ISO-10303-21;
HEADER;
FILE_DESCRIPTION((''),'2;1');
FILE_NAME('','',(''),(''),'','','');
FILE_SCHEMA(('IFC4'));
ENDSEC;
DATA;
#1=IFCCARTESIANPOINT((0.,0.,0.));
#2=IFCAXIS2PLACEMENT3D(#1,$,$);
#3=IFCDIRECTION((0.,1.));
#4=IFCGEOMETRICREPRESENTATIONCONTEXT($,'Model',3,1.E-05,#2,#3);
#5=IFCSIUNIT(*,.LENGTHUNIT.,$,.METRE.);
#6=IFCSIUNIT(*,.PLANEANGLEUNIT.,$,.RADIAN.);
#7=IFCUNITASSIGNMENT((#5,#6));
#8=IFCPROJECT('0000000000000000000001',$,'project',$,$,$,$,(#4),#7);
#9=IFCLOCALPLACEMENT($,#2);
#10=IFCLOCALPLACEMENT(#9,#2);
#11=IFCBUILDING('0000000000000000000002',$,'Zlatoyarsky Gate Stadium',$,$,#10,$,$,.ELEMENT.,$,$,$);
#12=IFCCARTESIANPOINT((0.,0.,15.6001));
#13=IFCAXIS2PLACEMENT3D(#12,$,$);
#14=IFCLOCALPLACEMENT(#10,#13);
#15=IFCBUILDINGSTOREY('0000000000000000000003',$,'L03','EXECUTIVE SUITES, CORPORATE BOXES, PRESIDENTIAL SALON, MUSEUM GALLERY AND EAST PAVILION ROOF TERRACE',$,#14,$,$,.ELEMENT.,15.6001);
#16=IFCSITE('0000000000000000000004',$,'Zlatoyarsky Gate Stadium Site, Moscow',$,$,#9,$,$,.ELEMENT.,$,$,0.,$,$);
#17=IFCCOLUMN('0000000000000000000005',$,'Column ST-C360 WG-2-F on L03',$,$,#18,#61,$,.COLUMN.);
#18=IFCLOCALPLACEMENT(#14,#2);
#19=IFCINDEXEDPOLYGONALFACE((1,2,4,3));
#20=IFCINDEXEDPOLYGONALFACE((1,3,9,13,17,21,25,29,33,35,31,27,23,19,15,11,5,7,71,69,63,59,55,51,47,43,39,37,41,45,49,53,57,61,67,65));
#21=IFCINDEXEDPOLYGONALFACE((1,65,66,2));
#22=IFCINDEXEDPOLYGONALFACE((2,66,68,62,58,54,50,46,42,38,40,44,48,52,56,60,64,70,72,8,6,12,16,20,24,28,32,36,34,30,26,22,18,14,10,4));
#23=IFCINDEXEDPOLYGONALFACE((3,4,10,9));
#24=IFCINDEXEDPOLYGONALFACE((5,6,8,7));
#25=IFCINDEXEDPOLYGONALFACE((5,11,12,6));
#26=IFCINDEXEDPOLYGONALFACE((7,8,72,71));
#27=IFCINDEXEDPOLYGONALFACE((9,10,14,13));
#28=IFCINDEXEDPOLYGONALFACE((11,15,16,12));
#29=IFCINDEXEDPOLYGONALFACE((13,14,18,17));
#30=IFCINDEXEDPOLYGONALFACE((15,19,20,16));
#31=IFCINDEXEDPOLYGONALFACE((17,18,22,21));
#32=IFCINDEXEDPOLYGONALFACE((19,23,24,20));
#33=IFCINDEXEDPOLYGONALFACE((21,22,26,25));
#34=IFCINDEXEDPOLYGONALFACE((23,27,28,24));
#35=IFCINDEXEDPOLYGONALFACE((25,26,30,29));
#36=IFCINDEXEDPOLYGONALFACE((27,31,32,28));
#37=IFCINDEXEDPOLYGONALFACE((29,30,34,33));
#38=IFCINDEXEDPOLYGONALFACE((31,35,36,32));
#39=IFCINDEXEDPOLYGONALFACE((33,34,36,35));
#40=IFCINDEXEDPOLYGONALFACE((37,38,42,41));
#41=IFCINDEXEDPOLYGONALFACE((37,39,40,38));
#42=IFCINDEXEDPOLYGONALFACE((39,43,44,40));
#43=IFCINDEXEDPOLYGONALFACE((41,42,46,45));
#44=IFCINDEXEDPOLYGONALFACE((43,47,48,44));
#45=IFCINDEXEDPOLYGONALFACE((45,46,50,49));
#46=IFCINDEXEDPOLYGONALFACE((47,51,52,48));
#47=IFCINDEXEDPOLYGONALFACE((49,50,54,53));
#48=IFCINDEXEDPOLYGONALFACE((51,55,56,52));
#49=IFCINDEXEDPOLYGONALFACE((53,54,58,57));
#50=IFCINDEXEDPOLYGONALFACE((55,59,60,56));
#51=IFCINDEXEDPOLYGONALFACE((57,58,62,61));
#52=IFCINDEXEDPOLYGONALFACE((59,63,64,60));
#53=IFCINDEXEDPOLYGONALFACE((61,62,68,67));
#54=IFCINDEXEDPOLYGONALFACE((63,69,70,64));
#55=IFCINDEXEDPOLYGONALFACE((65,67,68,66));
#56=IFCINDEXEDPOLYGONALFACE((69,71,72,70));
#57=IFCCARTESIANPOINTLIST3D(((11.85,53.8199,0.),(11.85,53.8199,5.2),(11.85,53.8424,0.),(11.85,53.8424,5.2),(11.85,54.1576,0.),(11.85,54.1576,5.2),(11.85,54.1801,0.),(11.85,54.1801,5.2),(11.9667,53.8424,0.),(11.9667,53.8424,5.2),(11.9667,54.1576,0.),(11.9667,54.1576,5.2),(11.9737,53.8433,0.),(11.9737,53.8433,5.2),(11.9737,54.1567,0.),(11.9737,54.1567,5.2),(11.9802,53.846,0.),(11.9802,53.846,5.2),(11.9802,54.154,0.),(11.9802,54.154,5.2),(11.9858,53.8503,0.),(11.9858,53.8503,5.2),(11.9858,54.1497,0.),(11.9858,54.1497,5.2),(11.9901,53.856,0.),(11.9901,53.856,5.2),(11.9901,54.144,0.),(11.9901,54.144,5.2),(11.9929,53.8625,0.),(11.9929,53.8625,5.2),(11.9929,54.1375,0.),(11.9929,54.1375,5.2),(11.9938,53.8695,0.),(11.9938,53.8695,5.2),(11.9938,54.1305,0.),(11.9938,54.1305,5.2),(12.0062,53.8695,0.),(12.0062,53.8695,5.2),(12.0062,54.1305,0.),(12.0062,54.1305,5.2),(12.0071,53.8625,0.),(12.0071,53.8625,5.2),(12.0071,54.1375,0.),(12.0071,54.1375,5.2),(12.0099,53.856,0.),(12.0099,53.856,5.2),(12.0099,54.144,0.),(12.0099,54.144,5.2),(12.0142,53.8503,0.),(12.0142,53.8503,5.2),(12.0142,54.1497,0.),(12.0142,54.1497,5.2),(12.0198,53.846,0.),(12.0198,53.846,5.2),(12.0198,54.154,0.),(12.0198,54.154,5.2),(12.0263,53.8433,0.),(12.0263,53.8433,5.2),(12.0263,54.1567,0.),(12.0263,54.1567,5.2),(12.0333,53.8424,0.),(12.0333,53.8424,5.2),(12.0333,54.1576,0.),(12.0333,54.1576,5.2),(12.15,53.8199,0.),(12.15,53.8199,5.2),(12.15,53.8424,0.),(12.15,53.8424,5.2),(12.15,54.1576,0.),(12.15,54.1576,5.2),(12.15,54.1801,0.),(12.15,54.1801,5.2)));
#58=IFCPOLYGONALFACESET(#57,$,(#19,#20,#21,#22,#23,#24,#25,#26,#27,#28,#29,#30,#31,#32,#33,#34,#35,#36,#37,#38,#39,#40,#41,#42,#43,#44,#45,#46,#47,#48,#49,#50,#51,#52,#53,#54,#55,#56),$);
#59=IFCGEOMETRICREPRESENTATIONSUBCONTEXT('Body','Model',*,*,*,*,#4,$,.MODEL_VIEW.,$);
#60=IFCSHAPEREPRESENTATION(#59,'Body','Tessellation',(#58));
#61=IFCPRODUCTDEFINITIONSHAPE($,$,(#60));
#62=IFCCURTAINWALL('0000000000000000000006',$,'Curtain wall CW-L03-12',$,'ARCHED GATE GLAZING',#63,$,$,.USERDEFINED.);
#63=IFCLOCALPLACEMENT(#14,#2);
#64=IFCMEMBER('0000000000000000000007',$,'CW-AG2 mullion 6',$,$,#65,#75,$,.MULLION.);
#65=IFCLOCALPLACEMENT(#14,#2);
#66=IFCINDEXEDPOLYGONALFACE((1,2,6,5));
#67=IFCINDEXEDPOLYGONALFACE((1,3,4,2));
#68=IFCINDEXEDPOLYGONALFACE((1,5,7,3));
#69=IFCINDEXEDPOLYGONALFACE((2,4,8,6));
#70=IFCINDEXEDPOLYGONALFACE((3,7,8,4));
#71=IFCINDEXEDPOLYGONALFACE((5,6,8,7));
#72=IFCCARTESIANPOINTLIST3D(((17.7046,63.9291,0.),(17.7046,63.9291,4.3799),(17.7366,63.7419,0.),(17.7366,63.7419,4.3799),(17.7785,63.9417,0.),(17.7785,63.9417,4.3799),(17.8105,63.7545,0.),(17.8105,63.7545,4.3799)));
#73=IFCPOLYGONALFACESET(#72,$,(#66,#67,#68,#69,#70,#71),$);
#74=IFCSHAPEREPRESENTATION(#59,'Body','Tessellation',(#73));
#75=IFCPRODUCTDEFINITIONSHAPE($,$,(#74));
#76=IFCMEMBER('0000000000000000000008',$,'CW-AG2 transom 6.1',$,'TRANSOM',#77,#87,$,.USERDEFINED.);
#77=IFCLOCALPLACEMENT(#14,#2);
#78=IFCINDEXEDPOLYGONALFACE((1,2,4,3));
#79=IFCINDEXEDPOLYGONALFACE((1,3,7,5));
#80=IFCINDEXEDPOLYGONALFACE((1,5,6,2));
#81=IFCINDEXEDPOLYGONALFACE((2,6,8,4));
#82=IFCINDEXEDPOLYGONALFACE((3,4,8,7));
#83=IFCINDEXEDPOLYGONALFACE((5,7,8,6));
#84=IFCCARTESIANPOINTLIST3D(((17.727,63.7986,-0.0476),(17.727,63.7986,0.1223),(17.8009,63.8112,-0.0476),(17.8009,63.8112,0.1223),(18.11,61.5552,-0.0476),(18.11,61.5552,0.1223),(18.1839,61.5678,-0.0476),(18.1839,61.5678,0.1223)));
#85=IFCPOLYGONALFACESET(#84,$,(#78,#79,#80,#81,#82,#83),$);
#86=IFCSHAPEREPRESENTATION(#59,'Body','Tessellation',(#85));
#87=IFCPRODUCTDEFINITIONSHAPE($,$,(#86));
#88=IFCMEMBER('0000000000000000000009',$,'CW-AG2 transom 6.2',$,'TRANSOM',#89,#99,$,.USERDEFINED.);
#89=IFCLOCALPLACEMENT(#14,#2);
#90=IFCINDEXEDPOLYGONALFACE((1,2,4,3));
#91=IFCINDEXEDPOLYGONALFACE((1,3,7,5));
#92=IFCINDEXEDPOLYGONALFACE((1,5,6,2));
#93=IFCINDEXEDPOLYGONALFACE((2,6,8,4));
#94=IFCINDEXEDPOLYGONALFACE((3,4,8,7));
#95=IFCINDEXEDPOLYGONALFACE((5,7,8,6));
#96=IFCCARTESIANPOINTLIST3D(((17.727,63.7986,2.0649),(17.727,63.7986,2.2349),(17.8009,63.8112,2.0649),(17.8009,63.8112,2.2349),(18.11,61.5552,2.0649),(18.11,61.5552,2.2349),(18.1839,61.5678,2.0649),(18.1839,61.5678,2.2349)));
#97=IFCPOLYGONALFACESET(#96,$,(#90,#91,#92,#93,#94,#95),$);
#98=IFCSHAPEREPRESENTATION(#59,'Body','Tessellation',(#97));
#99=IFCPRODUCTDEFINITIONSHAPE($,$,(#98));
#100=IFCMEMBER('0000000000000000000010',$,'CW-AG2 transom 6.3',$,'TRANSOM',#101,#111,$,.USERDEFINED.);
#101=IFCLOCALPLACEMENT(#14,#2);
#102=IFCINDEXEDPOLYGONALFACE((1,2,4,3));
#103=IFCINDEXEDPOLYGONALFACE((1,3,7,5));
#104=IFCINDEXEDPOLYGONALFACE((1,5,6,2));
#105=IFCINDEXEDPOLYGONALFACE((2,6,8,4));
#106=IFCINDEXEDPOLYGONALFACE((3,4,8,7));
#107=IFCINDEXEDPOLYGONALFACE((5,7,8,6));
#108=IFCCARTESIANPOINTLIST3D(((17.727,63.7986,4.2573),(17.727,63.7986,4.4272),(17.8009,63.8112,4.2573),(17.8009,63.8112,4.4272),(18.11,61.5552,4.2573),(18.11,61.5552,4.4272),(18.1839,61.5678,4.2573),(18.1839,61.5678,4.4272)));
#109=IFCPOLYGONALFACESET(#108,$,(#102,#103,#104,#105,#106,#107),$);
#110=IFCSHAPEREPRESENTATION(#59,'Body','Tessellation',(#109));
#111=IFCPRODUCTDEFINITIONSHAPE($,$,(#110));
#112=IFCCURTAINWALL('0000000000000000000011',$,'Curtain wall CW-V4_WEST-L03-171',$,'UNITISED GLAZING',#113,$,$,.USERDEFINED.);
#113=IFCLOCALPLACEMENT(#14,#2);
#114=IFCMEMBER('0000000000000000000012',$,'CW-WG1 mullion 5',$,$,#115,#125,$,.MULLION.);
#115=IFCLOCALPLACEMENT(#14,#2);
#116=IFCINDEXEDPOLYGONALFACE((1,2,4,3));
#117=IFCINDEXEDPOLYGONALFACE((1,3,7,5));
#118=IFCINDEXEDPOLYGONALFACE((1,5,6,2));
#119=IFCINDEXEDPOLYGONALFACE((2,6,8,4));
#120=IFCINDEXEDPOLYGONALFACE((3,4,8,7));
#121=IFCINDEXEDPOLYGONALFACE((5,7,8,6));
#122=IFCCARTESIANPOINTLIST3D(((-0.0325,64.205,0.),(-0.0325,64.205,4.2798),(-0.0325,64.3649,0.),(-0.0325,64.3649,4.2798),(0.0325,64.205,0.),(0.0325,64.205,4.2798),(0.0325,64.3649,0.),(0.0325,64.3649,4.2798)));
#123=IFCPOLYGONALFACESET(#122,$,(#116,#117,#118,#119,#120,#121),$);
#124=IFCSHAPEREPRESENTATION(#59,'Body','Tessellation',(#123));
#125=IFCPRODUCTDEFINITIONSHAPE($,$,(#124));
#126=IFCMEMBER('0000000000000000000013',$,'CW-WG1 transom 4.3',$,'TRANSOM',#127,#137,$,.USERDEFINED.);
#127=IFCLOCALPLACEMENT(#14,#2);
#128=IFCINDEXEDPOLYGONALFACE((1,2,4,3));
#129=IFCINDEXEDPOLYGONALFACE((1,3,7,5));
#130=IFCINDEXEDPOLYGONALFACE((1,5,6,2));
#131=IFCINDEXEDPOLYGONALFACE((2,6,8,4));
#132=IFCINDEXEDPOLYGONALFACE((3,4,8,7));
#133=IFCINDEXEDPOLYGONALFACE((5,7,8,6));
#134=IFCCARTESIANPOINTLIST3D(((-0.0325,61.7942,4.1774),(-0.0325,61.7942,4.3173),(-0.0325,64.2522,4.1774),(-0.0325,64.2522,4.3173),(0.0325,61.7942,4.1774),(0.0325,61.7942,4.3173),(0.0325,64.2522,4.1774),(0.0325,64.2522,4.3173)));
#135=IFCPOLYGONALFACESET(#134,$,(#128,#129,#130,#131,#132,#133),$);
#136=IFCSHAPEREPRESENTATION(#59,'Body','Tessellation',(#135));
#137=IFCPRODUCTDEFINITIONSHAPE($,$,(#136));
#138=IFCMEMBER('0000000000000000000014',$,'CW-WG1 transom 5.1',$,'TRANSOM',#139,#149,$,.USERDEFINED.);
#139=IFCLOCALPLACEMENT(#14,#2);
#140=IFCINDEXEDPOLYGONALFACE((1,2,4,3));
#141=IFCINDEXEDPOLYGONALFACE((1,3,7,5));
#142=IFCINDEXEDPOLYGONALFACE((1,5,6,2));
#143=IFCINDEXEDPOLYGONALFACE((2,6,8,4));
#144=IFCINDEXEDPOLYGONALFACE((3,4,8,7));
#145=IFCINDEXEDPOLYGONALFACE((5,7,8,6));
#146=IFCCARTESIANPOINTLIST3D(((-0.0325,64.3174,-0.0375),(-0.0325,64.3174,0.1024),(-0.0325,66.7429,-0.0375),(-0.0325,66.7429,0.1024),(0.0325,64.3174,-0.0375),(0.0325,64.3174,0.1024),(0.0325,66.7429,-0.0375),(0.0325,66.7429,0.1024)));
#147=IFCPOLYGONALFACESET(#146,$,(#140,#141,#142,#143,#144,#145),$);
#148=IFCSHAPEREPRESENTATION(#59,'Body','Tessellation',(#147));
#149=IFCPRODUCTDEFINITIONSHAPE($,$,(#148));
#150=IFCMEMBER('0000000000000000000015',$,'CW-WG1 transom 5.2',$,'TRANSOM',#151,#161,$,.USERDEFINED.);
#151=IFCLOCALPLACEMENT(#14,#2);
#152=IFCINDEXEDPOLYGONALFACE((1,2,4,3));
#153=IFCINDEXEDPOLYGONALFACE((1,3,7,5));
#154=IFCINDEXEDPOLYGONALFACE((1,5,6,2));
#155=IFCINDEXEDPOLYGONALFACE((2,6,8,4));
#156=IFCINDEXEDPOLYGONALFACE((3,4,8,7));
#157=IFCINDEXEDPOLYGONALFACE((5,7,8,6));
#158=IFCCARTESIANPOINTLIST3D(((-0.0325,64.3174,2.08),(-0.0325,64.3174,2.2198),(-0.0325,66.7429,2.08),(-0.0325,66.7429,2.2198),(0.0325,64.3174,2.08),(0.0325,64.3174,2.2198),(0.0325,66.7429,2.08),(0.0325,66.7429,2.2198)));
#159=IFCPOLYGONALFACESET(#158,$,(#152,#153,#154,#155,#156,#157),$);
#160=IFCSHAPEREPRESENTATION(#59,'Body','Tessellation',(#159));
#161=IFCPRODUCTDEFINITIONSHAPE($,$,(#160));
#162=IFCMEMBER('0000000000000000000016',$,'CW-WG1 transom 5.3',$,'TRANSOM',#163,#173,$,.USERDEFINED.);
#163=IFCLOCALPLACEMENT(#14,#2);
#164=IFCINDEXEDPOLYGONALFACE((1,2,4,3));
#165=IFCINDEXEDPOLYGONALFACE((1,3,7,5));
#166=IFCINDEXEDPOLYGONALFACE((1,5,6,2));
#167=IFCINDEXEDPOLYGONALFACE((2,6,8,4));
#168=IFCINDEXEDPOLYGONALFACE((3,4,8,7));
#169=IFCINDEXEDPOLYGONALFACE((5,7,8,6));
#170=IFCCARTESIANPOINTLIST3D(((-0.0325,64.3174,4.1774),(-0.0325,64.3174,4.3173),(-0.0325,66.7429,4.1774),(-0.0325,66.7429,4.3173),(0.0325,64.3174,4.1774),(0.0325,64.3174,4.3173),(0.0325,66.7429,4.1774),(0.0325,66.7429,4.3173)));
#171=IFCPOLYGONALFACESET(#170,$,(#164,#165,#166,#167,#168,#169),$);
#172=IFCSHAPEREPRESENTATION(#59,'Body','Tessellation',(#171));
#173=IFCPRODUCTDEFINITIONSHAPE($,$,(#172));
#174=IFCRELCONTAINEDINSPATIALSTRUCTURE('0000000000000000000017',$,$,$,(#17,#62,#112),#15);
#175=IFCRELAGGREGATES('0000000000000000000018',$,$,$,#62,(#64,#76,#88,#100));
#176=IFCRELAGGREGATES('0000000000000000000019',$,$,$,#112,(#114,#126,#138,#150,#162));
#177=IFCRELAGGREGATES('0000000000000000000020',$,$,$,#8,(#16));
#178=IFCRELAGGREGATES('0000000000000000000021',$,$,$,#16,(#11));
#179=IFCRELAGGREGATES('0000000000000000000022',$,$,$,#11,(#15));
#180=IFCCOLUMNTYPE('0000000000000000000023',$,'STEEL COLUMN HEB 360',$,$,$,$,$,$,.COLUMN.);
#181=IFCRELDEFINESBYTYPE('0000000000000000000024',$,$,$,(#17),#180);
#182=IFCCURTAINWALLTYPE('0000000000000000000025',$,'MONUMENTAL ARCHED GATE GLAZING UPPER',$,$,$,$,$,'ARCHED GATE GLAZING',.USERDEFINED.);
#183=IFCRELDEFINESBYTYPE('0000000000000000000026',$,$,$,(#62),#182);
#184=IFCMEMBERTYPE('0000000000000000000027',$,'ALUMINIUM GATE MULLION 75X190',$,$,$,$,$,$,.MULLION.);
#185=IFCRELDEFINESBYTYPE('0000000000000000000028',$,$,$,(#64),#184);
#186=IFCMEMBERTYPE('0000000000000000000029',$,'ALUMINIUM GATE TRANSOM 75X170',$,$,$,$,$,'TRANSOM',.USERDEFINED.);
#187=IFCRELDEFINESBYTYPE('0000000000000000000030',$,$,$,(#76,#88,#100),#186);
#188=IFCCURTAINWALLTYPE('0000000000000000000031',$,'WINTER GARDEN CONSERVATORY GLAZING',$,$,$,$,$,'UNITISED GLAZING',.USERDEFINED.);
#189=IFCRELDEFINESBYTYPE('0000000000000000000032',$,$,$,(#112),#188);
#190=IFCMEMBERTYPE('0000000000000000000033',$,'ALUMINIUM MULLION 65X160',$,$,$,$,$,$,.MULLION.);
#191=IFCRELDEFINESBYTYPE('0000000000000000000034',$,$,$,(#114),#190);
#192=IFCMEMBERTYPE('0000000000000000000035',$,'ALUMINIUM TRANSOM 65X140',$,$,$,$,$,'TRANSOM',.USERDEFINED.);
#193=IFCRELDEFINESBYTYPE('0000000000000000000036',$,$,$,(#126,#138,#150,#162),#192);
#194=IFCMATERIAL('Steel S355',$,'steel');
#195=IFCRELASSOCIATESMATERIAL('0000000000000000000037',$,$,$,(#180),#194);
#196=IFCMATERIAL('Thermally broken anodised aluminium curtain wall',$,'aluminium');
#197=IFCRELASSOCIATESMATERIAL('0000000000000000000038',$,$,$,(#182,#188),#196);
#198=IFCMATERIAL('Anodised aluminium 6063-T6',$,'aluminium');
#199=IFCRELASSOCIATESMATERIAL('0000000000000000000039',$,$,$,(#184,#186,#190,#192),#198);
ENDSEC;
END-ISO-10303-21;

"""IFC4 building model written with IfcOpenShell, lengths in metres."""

from ifc_helpers import new_model, si_unit, direction, frame, origin, origin_2d, place, context, subcontext, project, spatial, rectangle, i_section, extrude, material, material_profile, profile_set, type_object, element, aggregate, save


model = new_model("IFC4")

# Units and contexts
model_context = context("Model", 3, precision=1e-05, world=origin(), true_north=direction((0.0, 1.0)))
body_context = subcontext(model_context, "Body", "Model", "MODEL_VIEW")
ifc_project = project(units=[si_unit("LENGTHUNIT", "METRE"), si_unit("PLANEANGLEUNIT", "RADIAN")], contexts=[model_context])

# Site, building, storey
site_placement = place(None, origin())
site = spatial("IfcSite", under=ifc_project, at=site_placement, Name="Zlatoyarsky Gate Stadium Site, Moscow", CompositionType="ELEMENT", RefElevation=0.0)
building_placement = place(site_placement, origin())
building = spatial("IfcBuilding", under=site, at=building_placement, Name="Zlatoyarsky Gate Stadium", CompositionType="ELEMENT")
storey_placement = place(building_placement, frame((0.0, 0.0, 15.6001)))
storey = spatial("IfcBuildingStorey", under=building, at=storey_placement, Name="L03", Description="EXECUTIVE SUITES, CORPORATE BOXES, PRESIDENTIAL SALON, MUSEUM GALLERY AND EAST PAVILION ROOF TERRACE", CompositionType="ELEMENT", Elevation=15.6001)

# Column
ifc_material_1 = material(Name="Steel S355", Category="steel")
ifc_material_profile_1 = material_profile(ifc_material_1, i_section(OverallWidth=0.3, OverallDepth=0.3601, WebThickness=0.0125, FlangeThickness=0.0225, FilletRadius=0.0271, at=origin_2d()), Name="HEB 360")
ifc_profile_set_1 = profile_set([ifc_material_profile_1], Name="Steel S355")
column_type = type_object("IfcColumnType", Name="STEEL COLUMN HEB 360", PredefinedType="COLUMN", material=ifc_profile_set_1)
column_placement = place(storey_placement, frame((12.0, 54.0, 0.0), z_axis=(0.0, 0.0, 1.0), x_axis=(1.0, 0.0, 0.0)))
element("IfcColumn", 1, at=column_placement, inside=storey, type_object=column_type, Name="Column ST-C360 WG-2-F on L03", PredefinedType="COLUMN", context=body_context, shape_type="SweptSolid", body=[
    extrude(i_section(OverallWidth=0.3, OverallDepth=0.3601, WebThickness=0.0125, FlangeThickness=0.0225, FilletRadius=0.0271, at=origin_2d()), origin(), (0.0, 0.0, 1.0), 5.2),
])

# Curtain walls, members
ifc_material_2 = material(Name="Thermally broken anodised aluminium curtain wall", Category="aluminium")
curtain_wall_type_1 = type_object("IfcCurtainWallType", Name="MONUMENTAL ARCHED GATE GLAZING UPPER", ElementType="ARCHED GATE GLAZING", PredefinedType="USERDEFINED", material=ifc_material_2)
curtain_wall_1_placement = place(storey_placement, origin())
curtain_wall_1 = element("IfcCurtainWall", 2, at=curtain_wall_1_placement, inside=storey, type_object=curtain_wall_type_1, Name="Curtain wall CW-L03-12", ObjectType="ARCHED GATE GLAZING", PredefinedType="USERDEFINED")
ifc_material_3 = material(Name="Anodised aluminium 6063-T6", Category="aluminium")
ifc_material_profile_2 = material_profile(ifc_material_3, rectangle(XDim=0.075, YDim=0.1899, at=origin_2d()), Name="ALU 75X190")
ifc_profile_set_2 = profile_set([ifc_material_profile_2], Name="Anodised aluminium 6063-T6")
member_type_1 = type_object("IfcMemberType", Name="ALUMINIUM GATE MULLION 75X190", PredefinedType="MULLION", material=ifc_profile_set_2)
member_1_placement = place(storey_placement, frame((17.7576, 63.8418, 0.0), z_axis=(0.0, 0.0, 1.0), x_axis=(0.985727, 0.168354, 0.0)))
member_1 = element("IfcMember", 3, at=member_1_placement, type_object=member_type_1, Name="CW-AG2 mullion 6", PredefinedType="MULLION", context=body_context, shape_type="SweptSolid", body=[
    extrude(rectangle(XDim=0.075, YDim=0.1899, at=origin_2d()), origin(), (0.0, 0.0, 1.0), 4.3799),
])
ifc_material_profile_3 = material_profile(ifc_material_3, rectangle(XDim=0.075, YDim=0.1699, at=origin_2d()), Name="ALU 75X170")
ifc_profile_set_3 = profile_set([ifc_material_profile_3], Name="Anodised aluminium 6063-T6")
member_type_2 = type_object("IfcMemberType", Name="ALUMINIUM GATE TRANSOM 75X170", ElementType="TRANSOM", PredefinedType="USERDEFINED", material=ifc_profile_set_3)
member_2_placement = place(storey_placement, frame((17.7639, 63.8049, 0.0374), z_axis=(0.168312, -0.985734, 0.0), x_axis=(0.985734, 0.168312, 0.0)))
member_2 = element("IfcMember", 4, at=member_2_placement, type_object=member_type_2, Name="CW-AG2 transom 6.1", ObjectType="TRANSOM", PredefinedType="USERDEFINED", context=body_context, shape_type="SweptSolid", body=[
    extrude(rectangle(XDim=0.075, YDim=0.1699, at=origin_2d()), origin(), (0.0, 0.0, 1.0), 2.2759),
])
member_3_placement = place(storey_placement, frame((17.7639, 63.8049, 2.1499), z_axis=(0.168312, -0.985734, 0.0), x_axis=(0.985734, 0.168312, 0.0)))
member_3 = element("IfcMember", 5, at=member_3_placement, type_object=member_type_2, Name="CW-AG2 transom 6.2", ObjectType="TRANSOM", PredefinedType="USERDEFINED", context=body_context, shape_type="SweptSolid", body=[
    extrude(rectangle(XDim=0.075, YDim=0.1699, at=origin_2d()), origin(), (0.0, 0.0, 1.0), 2.2759),
])
member_4_placement = place(storey_placement, frame((17.7639, 63.8049, 4.3423), z_axis=(0.168312, -0.985734, 0.0), x_axis=(0.985734, 0.168312, 0.0)))
member_4 = element("IfcMember", 6, at=member_4_placement, type_object=member_type_2, Name="CW-AG2 transom 6.3", ObjectType="TRANSOM", PredefinedType="USERDEFINED", context=body_context, shape_type="SweptSolid", body=[
    extrude(rectangle(XDim=0.075, YDim=0.1699, at=origin_2d()), origin(), (0.0, 0.0, 1.0), 2.2759),
])
curtain_wall_type_2 = type_object("IfcCurtainWallType", Name="WINTER GARDEN CONSERVATORY GLAZING", ElementType="UNITISED GLAZING", PredefinedType="USERDEFINED", material=ifc_material_2)
curtain_wall_2_placement = place(storey_placement, origin())
curtain_wall_2 = element("IfcCurtainWall", 7, at=curtain_wall_2_placement, inside=storey, type_object=curtain_wall_type_2, Name="Curtain wall CW-V4_WEST-L03-171", ObjectType="UNITISED GLAZING", PredefinedType="USERDEFINED")
ifc_material_profile_4 = material_profile(ifc_material_3, rectangle(XDim=0.0649, YDim=0.1599, at=origin_2d()), Name="ALU 65X160")
ifc_profile_set_4 = profile_set([ifc_material_profile_4], Name="Anodised aluminium 6063-T6")
member_type_3 = type_object("IfcMemberType", Name="ALUMINIUM MULLION 65X160", PredefinedType="MULLION", material=ifc_profile_set_4)
member_5_placement = place(storey_placement, frame((0.0, 64.2849, 0.0), z_axis=(0.0, 0.0, 1.0), x_axis=(-1.0, 0.0, 0.0)))
member_5 = element("IfcMember", 8, at=member_5_placement, type_object=member_type_3, Name="CW-WG1 mullion 5", PredefinedType="MULLION", context=body_context, shape_type="SweptSolid", body=[
    extrude(rectangle(XDim=0.0649, YDim=0.1599, at=origin_2d()), origin(), (0.0, 0.0, 1.0), 4.2798),
])
ifc_material_profile_5 = material_profile(ifc_material_3, rectangle(XDim=0.0649, YDim=0.1399, at=origin_2d()), Name="ALU 65X140")
ifc_profile_set_5 = profile_set([ifc_material_profile_5], Name="Anodised aluminium 6063-T6")
member_type_4 = type_object("IfcMemberType", Name="ALUMINIUM TRANSOM 65X140", ElementType="TRANSOM", PredefinedType="USERDEFINED", material=ifc_profile_set_5)
member_6_placement = place(storey_placement, frame((0.0, 61.7942, 4.2473), z_axis=(0.0, 1.0, 0.0), x_axis=(-1.0, 0.0, 0.0)))
member_6 = element("IfcMember", 9, at=member_6_placement, type_object=member_type_4, Name="CW-WG1 transom 4.3", ObjectType="TRANSOM", PredefinedType="USERDEFINED", context=body_context, shape_type="SweptSolid", body=[
    extrude(rectangle(XDim=0.0649, YDim=0.1399, at=origin_2d()), origin(), (0.0, 0.0, 1.0), 2.458),
])
member_7_placement = place(storey_placement, frame((0.0, 64.3174, 0.0325), z_axis=(0.0, 1.0, 0.0), x_axis=(-1.0, 0.0, 0.0)))
member_7 = element("IfcMember", 10, at=member_7_placement, type_object=member_type_4, Name="CW-WG1 transom 5.1", ObjectType="TRANSOM", PredefinedType="USERDEFINED", context=body_context, shape_type="SweptSolid", body=[
    extrude(rectangle(XDim=0.0649, YDim=0.1399, at=origin_2d()), origin(), (0.0, 0.0, 1.0), 2.4255),
])
member_8_placement = place(storey_placement, frame((0.0, 64.3174, 2.1499), z_axis=(0.0, 1.0, 0.0), x_axis=(-1.0, 0.0, 0.0)))
member_8 = element("IfcMember", 11, at=member_8_placement, type_object=member_type_4, Name="CW-WG1 transom 5.2", ObjectType="TRANSOM", PredefinedType="USERDEFINED", context=body_context, shape_type="SweptSolid", body=[
    extrude(rectangle(XDim=0.0649, YDim=0.1399, at=origin_2d()), origin(), (0.0, 0.0, 1.0), 2.4255),
])
member_9_placement = place(storey_placement, frame((0.0, 64.3174, 4.2473), z_axis=(0.0, 1.0, 0.0), x_axis=(-1.0, 0.0, 0.0)))
member_9 = element("IfcMember", 12, at=member_9_placement, type_object=member_type_4, Name="CW-WG1 transom 5.3", ObjectType="TRANSOM", PredefinedType="USERDEFINED", context=body_context, shape_type="SweptSolid", body=[
    extrude(rectangle(XDim=0.0649, YDim=0.1399, at=origin_2d()), origin(), (0.0, 0.0, 1.0), 2.4255),
])

aggregate(curtain_wall_1, [member_1, member_2, member_3, member_4])

aggregate(curtain_wall_2, [member_5, member_6, member_7, member_8, member_9])

save(model, "model.ifc")
